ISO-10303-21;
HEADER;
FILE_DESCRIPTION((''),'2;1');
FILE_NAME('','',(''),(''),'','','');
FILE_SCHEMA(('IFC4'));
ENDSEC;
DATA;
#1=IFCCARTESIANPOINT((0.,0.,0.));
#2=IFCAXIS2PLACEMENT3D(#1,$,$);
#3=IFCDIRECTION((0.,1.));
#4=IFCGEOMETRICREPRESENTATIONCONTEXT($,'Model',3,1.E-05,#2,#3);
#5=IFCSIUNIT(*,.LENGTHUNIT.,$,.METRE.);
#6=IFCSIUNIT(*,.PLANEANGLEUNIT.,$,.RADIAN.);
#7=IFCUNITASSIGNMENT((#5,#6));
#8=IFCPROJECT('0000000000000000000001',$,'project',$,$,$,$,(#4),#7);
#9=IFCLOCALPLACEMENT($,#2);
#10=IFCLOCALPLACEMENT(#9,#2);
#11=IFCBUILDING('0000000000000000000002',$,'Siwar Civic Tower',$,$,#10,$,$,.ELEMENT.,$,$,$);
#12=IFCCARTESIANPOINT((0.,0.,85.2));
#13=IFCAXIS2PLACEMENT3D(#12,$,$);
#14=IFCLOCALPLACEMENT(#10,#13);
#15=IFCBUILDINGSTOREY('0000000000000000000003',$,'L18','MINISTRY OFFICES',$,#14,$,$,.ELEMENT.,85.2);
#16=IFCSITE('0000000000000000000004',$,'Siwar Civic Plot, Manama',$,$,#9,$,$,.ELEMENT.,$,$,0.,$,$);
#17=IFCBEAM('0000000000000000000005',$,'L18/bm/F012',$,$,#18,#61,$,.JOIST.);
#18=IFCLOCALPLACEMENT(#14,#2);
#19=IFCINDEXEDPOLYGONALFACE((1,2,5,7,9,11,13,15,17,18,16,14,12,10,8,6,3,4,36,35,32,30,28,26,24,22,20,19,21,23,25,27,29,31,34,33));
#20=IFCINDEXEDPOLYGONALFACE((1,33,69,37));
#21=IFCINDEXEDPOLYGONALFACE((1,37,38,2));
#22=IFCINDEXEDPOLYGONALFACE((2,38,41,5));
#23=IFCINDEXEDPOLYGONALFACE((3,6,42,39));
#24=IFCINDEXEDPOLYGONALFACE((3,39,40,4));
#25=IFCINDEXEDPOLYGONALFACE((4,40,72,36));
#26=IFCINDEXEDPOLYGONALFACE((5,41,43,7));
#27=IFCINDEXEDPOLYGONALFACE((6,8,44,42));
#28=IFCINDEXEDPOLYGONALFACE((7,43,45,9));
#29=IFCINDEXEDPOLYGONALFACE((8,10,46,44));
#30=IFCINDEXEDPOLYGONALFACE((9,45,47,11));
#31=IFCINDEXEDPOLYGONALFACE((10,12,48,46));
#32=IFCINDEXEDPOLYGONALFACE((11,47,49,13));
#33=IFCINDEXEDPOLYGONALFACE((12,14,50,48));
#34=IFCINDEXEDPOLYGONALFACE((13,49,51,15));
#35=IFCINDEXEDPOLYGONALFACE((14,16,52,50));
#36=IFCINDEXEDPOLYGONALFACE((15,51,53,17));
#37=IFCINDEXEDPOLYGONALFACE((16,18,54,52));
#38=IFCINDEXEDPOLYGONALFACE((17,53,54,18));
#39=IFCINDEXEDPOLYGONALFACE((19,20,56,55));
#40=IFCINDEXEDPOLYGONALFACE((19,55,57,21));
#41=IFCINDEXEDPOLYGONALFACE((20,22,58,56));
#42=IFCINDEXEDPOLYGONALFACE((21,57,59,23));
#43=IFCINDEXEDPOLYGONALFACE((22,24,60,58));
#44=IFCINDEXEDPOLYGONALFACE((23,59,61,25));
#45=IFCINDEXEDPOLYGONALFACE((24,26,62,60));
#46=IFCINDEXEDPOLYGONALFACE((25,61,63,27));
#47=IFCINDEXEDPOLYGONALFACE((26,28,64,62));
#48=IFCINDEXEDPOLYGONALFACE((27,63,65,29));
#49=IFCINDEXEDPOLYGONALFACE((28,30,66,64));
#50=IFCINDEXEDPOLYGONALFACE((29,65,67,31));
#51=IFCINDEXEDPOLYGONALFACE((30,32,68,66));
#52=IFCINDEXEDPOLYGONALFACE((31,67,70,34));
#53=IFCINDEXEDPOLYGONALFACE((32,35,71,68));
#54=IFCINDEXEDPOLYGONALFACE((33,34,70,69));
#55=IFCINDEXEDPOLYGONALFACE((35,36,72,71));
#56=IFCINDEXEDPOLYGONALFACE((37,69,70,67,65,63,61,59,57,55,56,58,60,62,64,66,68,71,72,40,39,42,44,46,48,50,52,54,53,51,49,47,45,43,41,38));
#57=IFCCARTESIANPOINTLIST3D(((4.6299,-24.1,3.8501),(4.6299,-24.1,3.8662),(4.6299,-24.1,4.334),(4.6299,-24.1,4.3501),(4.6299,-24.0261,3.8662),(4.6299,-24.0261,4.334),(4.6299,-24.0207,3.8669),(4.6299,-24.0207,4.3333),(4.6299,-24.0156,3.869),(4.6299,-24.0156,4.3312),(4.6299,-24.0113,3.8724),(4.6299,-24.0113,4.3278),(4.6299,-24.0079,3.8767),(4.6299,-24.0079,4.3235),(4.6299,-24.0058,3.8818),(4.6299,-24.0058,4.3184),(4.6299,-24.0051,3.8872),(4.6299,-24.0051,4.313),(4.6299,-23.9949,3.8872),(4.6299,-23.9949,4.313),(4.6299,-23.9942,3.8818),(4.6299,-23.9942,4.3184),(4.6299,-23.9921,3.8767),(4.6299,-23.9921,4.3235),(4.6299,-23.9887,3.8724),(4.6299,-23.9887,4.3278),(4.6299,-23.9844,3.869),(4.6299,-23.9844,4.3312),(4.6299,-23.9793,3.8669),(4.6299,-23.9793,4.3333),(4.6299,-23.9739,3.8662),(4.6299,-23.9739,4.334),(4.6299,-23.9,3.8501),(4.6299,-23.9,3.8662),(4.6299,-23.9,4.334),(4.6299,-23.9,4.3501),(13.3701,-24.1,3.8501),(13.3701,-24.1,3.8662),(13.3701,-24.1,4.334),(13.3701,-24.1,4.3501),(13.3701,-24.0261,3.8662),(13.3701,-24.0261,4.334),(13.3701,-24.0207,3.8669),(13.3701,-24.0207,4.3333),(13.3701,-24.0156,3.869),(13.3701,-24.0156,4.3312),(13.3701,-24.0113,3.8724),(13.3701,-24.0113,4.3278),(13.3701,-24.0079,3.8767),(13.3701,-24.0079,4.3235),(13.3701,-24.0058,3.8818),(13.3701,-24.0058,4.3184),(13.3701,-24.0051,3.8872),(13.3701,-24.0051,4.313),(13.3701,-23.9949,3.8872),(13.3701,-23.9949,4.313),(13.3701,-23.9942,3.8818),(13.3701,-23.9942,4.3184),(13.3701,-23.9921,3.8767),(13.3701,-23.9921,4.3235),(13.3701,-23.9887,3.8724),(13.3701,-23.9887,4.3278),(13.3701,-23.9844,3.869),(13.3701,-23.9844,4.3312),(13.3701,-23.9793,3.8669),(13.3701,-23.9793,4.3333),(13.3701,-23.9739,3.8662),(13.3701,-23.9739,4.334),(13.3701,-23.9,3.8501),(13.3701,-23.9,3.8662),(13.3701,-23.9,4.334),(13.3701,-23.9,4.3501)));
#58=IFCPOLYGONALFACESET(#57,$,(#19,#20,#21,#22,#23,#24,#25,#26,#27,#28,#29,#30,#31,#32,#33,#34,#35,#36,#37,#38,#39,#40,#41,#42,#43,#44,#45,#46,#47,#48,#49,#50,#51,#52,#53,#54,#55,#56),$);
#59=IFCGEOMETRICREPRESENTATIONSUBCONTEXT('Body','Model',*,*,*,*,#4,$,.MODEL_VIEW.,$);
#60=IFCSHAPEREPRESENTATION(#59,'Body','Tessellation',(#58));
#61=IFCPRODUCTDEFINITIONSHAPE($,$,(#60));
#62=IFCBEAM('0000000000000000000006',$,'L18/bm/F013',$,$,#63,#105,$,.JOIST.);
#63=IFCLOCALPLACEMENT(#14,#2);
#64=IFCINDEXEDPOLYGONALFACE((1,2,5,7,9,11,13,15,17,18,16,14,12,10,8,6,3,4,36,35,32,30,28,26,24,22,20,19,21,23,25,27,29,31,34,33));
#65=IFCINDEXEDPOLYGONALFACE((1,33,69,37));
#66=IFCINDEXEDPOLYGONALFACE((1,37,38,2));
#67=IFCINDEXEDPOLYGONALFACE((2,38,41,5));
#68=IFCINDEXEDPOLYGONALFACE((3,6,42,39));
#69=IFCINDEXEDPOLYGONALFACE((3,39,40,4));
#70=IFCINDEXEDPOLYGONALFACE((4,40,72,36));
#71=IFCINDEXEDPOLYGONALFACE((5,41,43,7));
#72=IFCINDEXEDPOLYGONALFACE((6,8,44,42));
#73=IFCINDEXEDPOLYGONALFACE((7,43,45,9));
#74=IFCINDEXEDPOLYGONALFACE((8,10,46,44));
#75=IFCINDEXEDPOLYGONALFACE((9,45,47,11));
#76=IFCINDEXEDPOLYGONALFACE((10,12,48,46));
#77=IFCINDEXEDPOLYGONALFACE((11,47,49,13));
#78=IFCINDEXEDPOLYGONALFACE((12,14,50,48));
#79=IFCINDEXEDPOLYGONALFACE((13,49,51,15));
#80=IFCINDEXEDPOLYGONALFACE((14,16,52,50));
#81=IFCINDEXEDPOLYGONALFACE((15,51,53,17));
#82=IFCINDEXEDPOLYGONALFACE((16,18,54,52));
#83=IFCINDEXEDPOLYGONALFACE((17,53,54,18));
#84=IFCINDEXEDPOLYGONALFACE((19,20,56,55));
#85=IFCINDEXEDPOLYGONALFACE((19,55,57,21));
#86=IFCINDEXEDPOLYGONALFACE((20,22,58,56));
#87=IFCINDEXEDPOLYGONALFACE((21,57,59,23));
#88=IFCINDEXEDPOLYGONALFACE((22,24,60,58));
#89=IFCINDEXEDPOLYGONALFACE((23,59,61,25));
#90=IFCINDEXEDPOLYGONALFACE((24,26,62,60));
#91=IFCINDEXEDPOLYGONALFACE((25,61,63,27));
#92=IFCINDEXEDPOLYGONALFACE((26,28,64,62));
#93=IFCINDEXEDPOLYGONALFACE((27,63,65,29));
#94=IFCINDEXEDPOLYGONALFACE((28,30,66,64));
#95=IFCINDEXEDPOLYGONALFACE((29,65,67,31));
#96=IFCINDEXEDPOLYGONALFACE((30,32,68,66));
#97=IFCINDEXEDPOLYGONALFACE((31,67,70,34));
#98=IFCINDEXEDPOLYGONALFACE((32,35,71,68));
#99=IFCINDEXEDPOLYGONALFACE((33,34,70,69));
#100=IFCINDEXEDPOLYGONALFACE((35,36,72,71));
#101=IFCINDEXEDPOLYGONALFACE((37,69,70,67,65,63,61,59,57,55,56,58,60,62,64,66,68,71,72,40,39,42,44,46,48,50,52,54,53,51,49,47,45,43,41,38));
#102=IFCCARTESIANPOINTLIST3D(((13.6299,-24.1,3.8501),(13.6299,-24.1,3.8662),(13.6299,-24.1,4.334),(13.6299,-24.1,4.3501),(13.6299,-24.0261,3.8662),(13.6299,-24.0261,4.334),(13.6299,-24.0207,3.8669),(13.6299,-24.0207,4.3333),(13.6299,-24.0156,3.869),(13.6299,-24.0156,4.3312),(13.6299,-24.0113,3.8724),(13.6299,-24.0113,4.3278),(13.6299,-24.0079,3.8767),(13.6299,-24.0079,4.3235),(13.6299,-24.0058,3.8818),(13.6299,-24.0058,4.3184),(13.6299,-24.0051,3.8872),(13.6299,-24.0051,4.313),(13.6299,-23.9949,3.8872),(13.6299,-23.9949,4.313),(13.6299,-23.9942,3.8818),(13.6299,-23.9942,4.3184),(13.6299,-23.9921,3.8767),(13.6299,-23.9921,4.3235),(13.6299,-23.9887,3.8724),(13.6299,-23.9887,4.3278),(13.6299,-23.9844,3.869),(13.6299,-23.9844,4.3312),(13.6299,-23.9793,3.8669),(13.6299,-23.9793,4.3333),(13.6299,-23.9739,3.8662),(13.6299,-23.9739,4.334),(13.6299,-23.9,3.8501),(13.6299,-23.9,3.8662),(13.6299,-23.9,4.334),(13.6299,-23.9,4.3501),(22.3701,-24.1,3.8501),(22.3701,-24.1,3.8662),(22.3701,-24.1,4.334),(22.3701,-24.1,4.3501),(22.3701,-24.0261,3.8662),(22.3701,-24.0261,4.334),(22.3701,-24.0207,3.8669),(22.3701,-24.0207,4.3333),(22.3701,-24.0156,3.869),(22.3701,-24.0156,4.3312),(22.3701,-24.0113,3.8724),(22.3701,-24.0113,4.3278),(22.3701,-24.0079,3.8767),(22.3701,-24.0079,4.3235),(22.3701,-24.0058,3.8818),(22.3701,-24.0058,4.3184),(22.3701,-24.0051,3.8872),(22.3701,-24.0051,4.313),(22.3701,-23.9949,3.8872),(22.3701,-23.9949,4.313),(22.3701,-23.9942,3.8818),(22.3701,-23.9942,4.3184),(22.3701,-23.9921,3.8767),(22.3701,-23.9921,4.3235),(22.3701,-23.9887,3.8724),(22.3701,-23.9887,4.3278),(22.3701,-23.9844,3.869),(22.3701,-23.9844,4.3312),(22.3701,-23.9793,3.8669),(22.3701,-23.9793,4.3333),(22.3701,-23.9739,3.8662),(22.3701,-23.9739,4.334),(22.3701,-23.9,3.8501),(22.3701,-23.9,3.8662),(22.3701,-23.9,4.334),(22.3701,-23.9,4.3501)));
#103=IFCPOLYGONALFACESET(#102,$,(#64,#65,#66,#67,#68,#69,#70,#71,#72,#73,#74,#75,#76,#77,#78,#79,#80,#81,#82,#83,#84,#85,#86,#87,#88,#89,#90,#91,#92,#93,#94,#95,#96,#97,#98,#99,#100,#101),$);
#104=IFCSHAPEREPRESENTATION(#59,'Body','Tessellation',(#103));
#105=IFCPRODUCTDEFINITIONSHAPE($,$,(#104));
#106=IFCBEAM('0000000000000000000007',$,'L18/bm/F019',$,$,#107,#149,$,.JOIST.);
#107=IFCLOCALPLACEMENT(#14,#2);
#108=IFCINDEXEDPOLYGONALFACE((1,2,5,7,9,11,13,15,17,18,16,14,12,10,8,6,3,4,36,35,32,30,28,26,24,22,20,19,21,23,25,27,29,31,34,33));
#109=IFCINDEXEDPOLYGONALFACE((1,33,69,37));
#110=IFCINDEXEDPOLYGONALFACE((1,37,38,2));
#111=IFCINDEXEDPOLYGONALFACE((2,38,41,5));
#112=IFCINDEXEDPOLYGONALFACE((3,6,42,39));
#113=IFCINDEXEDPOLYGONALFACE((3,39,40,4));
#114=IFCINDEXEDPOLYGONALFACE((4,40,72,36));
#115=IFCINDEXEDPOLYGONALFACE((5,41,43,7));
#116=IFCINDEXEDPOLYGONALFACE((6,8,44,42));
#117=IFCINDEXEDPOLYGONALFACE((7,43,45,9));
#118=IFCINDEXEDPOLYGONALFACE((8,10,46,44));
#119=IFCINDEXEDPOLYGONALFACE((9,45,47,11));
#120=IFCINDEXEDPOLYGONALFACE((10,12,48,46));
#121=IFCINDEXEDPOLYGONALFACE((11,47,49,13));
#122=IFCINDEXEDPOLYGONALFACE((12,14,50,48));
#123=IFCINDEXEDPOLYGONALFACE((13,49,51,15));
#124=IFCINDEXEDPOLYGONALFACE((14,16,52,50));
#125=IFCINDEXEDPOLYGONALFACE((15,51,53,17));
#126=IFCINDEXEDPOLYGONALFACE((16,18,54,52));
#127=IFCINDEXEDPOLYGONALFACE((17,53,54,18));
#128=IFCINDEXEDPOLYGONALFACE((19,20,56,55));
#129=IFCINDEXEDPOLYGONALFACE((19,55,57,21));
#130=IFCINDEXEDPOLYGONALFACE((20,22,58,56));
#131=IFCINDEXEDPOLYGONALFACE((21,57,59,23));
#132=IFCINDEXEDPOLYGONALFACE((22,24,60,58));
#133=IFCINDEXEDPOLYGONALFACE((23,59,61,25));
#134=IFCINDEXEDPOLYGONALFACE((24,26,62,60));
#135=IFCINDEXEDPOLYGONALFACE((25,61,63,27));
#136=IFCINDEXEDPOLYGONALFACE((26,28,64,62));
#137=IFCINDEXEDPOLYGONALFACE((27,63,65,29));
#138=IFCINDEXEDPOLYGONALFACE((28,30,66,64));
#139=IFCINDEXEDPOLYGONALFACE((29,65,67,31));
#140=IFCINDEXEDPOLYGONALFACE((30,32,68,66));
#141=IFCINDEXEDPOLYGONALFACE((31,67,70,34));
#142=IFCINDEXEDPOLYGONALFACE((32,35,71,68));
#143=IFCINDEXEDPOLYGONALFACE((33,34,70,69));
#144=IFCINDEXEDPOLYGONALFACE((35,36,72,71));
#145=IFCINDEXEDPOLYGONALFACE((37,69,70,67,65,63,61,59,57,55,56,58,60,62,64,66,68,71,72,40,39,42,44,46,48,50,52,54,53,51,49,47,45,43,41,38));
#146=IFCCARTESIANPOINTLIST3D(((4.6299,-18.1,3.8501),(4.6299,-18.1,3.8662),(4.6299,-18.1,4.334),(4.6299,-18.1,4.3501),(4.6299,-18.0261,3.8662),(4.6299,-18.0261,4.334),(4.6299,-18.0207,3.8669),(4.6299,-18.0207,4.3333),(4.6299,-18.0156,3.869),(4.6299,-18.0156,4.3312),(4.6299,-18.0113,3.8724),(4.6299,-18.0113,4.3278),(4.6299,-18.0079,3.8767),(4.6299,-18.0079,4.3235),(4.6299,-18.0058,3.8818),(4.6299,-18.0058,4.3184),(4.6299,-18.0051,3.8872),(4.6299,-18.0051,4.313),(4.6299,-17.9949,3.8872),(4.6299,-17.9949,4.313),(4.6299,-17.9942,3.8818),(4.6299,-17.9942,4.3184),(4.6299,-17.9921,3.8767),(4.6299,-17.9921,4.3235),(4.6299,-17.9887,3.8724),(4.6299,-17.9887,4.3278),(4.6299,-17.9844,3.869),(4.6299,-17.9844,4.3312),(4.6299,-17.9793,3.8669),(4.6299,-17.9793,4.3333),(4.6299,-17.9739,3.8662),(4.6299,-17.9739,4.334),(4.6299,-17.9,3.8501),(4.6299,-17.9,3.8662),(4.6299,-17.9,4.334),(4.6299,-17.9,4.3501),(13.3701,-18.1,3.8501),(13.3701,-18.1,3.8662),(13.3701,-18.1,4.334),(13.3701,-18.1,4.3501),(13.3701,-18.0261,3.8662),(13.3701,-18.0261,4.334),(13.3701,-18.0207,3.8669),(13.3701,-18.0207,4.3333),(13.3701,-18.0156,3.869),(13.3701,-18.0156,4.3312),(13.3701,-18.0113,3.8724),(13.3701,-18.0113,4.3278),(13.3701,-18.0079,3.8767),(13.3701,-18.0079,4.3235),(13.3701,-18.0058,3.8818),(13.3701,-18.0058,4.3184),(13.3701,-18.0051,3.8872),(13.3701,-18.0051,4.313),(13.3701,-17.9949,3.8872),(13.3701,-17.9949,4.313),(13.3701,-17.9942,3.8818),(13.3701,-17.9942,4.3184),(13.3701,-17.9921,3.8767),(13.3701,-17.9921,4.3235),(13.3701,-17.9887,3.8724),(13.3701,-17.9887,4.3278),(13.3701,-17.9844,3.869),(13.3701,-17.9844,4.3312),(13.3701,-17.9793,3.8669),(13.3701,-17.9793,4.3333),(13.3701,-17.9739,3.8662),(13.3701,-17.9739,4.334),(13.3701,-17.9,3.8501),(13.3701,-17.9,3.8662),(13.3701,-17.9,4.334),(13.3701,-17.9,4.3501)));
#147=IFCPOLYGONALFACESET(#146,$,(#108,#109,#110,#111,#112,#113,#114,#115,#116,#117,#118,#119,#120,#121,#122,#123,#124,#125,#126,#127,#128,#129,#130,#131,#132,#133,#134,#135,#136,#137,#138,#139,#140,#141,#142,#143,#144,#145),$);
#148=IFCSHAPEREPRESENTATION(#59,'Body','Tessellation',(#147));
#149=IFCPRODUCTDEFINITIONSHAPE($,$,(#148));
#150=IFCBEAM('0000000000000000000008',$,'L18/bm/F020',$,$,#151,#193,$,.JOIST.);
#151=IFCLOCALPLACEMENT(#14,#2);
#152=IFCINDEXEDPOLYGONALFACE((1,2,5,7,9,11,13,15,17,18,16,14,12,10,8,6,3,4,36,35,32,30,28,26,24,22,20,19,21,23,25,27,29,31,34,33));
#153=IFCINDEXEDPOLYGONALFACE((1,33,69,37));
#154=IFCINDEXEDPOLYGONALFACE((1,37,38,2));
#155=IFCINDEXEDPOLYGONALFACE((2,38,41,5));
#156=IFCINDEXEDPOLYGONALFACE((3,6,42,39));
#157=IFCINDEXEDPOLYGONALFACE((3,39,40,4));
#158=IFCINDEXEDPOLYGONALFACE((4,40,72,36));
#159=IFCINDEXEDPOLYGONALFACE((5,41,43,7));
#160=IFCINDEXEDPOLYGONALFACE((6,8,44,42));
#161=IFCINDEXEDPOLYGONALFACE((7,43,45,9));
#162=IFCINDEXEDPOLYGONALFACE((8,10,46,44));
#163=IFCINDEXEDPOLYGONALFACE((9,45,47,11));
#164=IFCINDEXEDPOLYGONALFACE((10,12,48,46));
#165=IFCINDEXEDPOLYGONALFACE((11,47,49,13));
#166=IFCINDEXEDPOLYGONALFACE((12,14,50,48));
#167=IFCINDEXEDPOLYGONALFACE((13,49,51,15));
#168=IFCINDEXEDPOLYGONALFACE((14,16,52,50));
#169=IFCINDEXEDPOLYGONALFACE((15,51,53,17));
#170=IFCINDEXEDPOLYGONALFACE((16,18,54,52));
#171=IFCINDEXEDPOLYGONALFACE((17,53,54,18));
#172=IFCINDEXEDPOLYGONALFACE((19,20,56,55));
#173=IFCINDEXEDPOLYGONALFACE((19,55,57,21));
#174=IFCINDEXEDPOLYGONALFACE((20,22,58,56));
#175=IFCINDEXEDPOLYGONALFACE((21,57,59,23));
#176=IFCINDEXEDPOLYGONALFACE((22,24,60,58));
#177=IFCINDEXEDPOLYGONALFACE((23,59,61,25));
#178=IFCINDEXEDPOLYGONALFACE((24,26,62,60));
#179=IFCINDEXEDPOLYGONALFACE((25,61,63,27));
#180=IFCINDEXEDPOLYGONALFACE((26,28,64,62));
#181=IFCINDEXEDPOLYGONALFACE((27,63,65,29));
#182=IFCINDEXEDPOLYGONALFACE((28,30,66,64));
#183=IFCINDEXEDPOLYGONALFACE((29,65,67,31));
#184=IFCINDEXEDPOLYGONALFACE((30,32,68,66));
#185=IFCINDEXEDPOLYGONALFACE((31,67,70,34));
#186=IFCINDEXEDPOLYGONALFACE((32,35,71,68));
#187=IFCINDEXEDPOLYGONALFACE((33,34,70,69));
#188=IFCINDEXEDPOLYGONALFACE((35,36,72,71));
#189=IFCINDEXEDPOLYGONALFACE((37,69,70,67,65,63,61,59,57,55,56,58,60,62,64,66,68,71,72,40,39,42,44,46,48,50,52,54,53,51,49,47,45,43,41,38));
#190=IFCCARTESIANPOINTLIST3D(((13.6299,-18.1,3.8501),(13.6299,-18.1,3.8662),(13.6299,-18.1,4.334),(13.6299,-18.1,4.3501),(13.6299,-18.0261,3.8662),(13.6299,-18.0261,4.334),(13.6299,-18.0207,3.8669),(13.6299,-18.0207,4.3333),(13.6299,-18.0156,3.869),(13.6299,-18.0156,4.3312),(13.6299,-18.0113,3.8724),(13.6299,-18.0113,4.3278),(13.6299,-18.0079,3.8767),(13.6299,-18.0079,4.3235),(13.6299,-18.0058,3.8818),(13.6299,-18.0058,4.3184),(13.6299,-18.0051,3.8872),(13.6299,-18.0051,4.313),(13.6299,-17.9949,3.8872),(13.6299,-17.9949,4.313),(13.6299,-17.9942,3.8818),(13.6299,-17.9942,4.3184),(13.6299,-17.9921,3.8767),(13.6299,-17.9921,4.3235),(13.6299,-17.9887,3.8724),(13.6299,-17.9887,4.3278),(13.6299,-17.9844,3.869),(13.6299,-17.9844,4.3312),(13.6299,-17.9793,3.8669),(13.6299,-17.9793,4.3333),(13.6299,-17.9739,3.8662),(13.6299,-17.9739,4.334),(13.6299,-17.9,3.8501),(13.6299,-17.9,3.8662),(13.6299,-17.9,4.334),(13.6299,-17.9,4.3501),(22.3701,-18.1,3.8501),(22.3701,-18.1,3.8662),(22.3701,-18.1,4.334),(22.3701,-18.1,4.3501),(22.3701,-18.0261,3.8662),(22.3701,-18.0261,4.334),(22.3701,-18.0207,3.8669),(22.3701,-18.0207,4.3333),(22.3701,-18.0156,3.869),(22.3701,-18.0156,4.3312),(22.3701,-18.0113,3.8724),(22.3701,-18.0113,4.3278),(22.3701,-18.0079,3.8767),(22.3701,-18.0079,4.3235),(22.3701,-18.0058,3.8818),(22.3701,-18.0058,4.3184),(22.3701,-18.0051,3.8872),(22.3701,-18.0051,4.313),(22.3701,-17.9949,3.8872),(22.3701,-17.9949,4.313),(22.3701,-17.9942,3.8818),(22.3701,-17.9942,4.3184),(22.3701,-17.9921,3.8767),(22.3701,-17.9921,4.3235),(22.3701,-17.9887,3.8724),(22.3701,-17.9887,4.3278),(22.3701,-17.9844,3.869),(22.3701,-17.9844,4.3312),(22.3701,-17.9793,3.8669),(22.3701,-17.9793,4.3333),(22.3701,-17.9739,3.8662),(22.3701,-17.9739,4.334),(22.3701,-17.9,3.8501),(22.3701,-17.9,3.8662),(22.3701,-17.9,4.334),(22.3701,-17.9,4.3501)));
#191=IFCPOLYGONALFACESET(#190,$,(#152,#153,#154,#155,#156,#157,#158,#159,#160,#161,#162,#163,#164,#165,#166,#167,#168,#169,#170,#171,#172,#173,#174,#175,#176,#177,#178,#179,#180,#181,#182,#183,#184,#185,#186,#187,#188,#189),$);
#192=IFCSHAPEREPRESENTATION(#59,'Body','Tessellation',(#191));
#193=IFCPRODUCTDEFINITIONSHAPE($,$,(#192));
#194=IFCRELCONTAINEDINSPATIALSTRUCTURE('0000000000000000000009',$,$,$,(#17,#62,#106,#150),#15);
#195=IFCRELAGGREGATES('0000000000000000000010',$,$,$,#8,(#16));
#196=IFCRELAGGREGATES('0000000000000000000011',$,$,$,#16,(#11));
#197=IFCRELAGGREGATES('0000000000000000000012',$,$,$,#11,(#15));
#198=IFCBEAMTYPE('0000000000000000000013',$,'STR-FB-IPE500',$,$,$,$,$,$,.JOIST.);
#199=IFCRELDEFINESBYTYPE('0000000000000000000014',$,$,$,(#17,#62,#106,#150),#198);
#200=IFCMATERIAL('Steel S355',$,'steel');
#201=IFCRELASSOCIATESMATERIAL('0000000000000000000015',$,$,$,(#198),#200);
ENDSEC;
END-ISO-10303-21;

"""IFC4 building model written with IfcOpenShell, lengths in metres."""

from ifc_helpers import new_model, si_unit, direction, frame, origin, origin_2d, place, context, subcontext, project, spatial, i_section, extrude, material, material_profile, profile_set, type_object, element, save


model = new_model("IFC4")

# Units and contexts
model_context = context("Model", 3, precision=1e-05, world=origin(), true_north=direction((0.0, 1.0)))
body_context = subcontext(model_context, "Body", "Model", "MODEL_VIEW")
ifc_project = project(units=[si_unit("LENGTHUNIT", "METRE"), si_unit("PLANEANGLEUNIT", "RADIAN")], contexts=[model_context])

# Site, building, storey
site_placement = place(None, origin())
site = spatial("IfcSite", under=ifc_project, at=site_placement, Name="Siwar Civic Plot, Manama", CompositionType="ELEMENT", RefElevation=0.0)
building_placement = place(site_placement, origin())
building = spatial("IfcBuilding", under=site, at=building_placement, Name="Siwar Civic Tower", CompositionType="ELEMENT")
storey_placement = place(building_placement, frame((0.0, 0.0, 85.2)))
storey = spatial("IfcBuildingStorey", under=building, at=storey_placement, Name="L18", Description="MINISTRY OFFICES", CompositionType="ELEMENT", Elevation=85.2)

# Beams
ifc_material_1 = material(Name="Steel S355", Category="steel")
ifc_material_profile_1 = material_profile(ifc_material_1, i_section(OverallWidth=0.2, OverallDepth=0.5, WebThickness=0.0103, FlangeThickness=0.0161, FilletRadius=0.021, at=origin_2d()), Name="IPE500")
ifc_profile_set_1 = profile_set([ifc_material_profile_1], Name="Steel S355")
beam_type_1 = type_object("IfcBeamType", Name="STR-FB-IPE500", PredefinedType="JOIST", material=ifc_profile_set_1)
for number, where, z_axis, x_axis, name in (
    (1, (4.6299, -24.0, 4.1001), (1.0, 0.0, 0.0), (0.0, 1.0, 0.0), "L18/bm/F012"),
    (2, (13.6299, -24.0, 4.1001), (1.0, 0.0, 0.0), (0.0, 1.0, 0.0), "L18/bm/F013"),
    (3, (4.6299, -18.0, 4.1001), (1.0, 0.0, 0.0), (0.0, 1.0, 0.0), "L18/bm/F019"),
    (4, (13.6299, -18.0, 4.1001), (1.0, 0.0, 0.0), (0.0, 1.0, 0.0), "L18/bm/F020"),
):
    element("IfcBeam", number, at=place(storey_placement, frame(where, z_axis=z_axis, x_axis=x_axis)), inside=storey, type_object=beam_type_1, Name=name, PredefinedType="JOIST", context=body_context, shape_type="SweptSolid", body=[
        extrude(i_section(OverallWidth=0.2, OverallDepth=0.5, WebThickness=0.0103, FlangeThickness=0.0161, FilletRadius=0.021, at=origin_2d()), origin(), (0.0, 0.0, 1.0), 8.7402),
    ])

save(model, "model.ifc")
